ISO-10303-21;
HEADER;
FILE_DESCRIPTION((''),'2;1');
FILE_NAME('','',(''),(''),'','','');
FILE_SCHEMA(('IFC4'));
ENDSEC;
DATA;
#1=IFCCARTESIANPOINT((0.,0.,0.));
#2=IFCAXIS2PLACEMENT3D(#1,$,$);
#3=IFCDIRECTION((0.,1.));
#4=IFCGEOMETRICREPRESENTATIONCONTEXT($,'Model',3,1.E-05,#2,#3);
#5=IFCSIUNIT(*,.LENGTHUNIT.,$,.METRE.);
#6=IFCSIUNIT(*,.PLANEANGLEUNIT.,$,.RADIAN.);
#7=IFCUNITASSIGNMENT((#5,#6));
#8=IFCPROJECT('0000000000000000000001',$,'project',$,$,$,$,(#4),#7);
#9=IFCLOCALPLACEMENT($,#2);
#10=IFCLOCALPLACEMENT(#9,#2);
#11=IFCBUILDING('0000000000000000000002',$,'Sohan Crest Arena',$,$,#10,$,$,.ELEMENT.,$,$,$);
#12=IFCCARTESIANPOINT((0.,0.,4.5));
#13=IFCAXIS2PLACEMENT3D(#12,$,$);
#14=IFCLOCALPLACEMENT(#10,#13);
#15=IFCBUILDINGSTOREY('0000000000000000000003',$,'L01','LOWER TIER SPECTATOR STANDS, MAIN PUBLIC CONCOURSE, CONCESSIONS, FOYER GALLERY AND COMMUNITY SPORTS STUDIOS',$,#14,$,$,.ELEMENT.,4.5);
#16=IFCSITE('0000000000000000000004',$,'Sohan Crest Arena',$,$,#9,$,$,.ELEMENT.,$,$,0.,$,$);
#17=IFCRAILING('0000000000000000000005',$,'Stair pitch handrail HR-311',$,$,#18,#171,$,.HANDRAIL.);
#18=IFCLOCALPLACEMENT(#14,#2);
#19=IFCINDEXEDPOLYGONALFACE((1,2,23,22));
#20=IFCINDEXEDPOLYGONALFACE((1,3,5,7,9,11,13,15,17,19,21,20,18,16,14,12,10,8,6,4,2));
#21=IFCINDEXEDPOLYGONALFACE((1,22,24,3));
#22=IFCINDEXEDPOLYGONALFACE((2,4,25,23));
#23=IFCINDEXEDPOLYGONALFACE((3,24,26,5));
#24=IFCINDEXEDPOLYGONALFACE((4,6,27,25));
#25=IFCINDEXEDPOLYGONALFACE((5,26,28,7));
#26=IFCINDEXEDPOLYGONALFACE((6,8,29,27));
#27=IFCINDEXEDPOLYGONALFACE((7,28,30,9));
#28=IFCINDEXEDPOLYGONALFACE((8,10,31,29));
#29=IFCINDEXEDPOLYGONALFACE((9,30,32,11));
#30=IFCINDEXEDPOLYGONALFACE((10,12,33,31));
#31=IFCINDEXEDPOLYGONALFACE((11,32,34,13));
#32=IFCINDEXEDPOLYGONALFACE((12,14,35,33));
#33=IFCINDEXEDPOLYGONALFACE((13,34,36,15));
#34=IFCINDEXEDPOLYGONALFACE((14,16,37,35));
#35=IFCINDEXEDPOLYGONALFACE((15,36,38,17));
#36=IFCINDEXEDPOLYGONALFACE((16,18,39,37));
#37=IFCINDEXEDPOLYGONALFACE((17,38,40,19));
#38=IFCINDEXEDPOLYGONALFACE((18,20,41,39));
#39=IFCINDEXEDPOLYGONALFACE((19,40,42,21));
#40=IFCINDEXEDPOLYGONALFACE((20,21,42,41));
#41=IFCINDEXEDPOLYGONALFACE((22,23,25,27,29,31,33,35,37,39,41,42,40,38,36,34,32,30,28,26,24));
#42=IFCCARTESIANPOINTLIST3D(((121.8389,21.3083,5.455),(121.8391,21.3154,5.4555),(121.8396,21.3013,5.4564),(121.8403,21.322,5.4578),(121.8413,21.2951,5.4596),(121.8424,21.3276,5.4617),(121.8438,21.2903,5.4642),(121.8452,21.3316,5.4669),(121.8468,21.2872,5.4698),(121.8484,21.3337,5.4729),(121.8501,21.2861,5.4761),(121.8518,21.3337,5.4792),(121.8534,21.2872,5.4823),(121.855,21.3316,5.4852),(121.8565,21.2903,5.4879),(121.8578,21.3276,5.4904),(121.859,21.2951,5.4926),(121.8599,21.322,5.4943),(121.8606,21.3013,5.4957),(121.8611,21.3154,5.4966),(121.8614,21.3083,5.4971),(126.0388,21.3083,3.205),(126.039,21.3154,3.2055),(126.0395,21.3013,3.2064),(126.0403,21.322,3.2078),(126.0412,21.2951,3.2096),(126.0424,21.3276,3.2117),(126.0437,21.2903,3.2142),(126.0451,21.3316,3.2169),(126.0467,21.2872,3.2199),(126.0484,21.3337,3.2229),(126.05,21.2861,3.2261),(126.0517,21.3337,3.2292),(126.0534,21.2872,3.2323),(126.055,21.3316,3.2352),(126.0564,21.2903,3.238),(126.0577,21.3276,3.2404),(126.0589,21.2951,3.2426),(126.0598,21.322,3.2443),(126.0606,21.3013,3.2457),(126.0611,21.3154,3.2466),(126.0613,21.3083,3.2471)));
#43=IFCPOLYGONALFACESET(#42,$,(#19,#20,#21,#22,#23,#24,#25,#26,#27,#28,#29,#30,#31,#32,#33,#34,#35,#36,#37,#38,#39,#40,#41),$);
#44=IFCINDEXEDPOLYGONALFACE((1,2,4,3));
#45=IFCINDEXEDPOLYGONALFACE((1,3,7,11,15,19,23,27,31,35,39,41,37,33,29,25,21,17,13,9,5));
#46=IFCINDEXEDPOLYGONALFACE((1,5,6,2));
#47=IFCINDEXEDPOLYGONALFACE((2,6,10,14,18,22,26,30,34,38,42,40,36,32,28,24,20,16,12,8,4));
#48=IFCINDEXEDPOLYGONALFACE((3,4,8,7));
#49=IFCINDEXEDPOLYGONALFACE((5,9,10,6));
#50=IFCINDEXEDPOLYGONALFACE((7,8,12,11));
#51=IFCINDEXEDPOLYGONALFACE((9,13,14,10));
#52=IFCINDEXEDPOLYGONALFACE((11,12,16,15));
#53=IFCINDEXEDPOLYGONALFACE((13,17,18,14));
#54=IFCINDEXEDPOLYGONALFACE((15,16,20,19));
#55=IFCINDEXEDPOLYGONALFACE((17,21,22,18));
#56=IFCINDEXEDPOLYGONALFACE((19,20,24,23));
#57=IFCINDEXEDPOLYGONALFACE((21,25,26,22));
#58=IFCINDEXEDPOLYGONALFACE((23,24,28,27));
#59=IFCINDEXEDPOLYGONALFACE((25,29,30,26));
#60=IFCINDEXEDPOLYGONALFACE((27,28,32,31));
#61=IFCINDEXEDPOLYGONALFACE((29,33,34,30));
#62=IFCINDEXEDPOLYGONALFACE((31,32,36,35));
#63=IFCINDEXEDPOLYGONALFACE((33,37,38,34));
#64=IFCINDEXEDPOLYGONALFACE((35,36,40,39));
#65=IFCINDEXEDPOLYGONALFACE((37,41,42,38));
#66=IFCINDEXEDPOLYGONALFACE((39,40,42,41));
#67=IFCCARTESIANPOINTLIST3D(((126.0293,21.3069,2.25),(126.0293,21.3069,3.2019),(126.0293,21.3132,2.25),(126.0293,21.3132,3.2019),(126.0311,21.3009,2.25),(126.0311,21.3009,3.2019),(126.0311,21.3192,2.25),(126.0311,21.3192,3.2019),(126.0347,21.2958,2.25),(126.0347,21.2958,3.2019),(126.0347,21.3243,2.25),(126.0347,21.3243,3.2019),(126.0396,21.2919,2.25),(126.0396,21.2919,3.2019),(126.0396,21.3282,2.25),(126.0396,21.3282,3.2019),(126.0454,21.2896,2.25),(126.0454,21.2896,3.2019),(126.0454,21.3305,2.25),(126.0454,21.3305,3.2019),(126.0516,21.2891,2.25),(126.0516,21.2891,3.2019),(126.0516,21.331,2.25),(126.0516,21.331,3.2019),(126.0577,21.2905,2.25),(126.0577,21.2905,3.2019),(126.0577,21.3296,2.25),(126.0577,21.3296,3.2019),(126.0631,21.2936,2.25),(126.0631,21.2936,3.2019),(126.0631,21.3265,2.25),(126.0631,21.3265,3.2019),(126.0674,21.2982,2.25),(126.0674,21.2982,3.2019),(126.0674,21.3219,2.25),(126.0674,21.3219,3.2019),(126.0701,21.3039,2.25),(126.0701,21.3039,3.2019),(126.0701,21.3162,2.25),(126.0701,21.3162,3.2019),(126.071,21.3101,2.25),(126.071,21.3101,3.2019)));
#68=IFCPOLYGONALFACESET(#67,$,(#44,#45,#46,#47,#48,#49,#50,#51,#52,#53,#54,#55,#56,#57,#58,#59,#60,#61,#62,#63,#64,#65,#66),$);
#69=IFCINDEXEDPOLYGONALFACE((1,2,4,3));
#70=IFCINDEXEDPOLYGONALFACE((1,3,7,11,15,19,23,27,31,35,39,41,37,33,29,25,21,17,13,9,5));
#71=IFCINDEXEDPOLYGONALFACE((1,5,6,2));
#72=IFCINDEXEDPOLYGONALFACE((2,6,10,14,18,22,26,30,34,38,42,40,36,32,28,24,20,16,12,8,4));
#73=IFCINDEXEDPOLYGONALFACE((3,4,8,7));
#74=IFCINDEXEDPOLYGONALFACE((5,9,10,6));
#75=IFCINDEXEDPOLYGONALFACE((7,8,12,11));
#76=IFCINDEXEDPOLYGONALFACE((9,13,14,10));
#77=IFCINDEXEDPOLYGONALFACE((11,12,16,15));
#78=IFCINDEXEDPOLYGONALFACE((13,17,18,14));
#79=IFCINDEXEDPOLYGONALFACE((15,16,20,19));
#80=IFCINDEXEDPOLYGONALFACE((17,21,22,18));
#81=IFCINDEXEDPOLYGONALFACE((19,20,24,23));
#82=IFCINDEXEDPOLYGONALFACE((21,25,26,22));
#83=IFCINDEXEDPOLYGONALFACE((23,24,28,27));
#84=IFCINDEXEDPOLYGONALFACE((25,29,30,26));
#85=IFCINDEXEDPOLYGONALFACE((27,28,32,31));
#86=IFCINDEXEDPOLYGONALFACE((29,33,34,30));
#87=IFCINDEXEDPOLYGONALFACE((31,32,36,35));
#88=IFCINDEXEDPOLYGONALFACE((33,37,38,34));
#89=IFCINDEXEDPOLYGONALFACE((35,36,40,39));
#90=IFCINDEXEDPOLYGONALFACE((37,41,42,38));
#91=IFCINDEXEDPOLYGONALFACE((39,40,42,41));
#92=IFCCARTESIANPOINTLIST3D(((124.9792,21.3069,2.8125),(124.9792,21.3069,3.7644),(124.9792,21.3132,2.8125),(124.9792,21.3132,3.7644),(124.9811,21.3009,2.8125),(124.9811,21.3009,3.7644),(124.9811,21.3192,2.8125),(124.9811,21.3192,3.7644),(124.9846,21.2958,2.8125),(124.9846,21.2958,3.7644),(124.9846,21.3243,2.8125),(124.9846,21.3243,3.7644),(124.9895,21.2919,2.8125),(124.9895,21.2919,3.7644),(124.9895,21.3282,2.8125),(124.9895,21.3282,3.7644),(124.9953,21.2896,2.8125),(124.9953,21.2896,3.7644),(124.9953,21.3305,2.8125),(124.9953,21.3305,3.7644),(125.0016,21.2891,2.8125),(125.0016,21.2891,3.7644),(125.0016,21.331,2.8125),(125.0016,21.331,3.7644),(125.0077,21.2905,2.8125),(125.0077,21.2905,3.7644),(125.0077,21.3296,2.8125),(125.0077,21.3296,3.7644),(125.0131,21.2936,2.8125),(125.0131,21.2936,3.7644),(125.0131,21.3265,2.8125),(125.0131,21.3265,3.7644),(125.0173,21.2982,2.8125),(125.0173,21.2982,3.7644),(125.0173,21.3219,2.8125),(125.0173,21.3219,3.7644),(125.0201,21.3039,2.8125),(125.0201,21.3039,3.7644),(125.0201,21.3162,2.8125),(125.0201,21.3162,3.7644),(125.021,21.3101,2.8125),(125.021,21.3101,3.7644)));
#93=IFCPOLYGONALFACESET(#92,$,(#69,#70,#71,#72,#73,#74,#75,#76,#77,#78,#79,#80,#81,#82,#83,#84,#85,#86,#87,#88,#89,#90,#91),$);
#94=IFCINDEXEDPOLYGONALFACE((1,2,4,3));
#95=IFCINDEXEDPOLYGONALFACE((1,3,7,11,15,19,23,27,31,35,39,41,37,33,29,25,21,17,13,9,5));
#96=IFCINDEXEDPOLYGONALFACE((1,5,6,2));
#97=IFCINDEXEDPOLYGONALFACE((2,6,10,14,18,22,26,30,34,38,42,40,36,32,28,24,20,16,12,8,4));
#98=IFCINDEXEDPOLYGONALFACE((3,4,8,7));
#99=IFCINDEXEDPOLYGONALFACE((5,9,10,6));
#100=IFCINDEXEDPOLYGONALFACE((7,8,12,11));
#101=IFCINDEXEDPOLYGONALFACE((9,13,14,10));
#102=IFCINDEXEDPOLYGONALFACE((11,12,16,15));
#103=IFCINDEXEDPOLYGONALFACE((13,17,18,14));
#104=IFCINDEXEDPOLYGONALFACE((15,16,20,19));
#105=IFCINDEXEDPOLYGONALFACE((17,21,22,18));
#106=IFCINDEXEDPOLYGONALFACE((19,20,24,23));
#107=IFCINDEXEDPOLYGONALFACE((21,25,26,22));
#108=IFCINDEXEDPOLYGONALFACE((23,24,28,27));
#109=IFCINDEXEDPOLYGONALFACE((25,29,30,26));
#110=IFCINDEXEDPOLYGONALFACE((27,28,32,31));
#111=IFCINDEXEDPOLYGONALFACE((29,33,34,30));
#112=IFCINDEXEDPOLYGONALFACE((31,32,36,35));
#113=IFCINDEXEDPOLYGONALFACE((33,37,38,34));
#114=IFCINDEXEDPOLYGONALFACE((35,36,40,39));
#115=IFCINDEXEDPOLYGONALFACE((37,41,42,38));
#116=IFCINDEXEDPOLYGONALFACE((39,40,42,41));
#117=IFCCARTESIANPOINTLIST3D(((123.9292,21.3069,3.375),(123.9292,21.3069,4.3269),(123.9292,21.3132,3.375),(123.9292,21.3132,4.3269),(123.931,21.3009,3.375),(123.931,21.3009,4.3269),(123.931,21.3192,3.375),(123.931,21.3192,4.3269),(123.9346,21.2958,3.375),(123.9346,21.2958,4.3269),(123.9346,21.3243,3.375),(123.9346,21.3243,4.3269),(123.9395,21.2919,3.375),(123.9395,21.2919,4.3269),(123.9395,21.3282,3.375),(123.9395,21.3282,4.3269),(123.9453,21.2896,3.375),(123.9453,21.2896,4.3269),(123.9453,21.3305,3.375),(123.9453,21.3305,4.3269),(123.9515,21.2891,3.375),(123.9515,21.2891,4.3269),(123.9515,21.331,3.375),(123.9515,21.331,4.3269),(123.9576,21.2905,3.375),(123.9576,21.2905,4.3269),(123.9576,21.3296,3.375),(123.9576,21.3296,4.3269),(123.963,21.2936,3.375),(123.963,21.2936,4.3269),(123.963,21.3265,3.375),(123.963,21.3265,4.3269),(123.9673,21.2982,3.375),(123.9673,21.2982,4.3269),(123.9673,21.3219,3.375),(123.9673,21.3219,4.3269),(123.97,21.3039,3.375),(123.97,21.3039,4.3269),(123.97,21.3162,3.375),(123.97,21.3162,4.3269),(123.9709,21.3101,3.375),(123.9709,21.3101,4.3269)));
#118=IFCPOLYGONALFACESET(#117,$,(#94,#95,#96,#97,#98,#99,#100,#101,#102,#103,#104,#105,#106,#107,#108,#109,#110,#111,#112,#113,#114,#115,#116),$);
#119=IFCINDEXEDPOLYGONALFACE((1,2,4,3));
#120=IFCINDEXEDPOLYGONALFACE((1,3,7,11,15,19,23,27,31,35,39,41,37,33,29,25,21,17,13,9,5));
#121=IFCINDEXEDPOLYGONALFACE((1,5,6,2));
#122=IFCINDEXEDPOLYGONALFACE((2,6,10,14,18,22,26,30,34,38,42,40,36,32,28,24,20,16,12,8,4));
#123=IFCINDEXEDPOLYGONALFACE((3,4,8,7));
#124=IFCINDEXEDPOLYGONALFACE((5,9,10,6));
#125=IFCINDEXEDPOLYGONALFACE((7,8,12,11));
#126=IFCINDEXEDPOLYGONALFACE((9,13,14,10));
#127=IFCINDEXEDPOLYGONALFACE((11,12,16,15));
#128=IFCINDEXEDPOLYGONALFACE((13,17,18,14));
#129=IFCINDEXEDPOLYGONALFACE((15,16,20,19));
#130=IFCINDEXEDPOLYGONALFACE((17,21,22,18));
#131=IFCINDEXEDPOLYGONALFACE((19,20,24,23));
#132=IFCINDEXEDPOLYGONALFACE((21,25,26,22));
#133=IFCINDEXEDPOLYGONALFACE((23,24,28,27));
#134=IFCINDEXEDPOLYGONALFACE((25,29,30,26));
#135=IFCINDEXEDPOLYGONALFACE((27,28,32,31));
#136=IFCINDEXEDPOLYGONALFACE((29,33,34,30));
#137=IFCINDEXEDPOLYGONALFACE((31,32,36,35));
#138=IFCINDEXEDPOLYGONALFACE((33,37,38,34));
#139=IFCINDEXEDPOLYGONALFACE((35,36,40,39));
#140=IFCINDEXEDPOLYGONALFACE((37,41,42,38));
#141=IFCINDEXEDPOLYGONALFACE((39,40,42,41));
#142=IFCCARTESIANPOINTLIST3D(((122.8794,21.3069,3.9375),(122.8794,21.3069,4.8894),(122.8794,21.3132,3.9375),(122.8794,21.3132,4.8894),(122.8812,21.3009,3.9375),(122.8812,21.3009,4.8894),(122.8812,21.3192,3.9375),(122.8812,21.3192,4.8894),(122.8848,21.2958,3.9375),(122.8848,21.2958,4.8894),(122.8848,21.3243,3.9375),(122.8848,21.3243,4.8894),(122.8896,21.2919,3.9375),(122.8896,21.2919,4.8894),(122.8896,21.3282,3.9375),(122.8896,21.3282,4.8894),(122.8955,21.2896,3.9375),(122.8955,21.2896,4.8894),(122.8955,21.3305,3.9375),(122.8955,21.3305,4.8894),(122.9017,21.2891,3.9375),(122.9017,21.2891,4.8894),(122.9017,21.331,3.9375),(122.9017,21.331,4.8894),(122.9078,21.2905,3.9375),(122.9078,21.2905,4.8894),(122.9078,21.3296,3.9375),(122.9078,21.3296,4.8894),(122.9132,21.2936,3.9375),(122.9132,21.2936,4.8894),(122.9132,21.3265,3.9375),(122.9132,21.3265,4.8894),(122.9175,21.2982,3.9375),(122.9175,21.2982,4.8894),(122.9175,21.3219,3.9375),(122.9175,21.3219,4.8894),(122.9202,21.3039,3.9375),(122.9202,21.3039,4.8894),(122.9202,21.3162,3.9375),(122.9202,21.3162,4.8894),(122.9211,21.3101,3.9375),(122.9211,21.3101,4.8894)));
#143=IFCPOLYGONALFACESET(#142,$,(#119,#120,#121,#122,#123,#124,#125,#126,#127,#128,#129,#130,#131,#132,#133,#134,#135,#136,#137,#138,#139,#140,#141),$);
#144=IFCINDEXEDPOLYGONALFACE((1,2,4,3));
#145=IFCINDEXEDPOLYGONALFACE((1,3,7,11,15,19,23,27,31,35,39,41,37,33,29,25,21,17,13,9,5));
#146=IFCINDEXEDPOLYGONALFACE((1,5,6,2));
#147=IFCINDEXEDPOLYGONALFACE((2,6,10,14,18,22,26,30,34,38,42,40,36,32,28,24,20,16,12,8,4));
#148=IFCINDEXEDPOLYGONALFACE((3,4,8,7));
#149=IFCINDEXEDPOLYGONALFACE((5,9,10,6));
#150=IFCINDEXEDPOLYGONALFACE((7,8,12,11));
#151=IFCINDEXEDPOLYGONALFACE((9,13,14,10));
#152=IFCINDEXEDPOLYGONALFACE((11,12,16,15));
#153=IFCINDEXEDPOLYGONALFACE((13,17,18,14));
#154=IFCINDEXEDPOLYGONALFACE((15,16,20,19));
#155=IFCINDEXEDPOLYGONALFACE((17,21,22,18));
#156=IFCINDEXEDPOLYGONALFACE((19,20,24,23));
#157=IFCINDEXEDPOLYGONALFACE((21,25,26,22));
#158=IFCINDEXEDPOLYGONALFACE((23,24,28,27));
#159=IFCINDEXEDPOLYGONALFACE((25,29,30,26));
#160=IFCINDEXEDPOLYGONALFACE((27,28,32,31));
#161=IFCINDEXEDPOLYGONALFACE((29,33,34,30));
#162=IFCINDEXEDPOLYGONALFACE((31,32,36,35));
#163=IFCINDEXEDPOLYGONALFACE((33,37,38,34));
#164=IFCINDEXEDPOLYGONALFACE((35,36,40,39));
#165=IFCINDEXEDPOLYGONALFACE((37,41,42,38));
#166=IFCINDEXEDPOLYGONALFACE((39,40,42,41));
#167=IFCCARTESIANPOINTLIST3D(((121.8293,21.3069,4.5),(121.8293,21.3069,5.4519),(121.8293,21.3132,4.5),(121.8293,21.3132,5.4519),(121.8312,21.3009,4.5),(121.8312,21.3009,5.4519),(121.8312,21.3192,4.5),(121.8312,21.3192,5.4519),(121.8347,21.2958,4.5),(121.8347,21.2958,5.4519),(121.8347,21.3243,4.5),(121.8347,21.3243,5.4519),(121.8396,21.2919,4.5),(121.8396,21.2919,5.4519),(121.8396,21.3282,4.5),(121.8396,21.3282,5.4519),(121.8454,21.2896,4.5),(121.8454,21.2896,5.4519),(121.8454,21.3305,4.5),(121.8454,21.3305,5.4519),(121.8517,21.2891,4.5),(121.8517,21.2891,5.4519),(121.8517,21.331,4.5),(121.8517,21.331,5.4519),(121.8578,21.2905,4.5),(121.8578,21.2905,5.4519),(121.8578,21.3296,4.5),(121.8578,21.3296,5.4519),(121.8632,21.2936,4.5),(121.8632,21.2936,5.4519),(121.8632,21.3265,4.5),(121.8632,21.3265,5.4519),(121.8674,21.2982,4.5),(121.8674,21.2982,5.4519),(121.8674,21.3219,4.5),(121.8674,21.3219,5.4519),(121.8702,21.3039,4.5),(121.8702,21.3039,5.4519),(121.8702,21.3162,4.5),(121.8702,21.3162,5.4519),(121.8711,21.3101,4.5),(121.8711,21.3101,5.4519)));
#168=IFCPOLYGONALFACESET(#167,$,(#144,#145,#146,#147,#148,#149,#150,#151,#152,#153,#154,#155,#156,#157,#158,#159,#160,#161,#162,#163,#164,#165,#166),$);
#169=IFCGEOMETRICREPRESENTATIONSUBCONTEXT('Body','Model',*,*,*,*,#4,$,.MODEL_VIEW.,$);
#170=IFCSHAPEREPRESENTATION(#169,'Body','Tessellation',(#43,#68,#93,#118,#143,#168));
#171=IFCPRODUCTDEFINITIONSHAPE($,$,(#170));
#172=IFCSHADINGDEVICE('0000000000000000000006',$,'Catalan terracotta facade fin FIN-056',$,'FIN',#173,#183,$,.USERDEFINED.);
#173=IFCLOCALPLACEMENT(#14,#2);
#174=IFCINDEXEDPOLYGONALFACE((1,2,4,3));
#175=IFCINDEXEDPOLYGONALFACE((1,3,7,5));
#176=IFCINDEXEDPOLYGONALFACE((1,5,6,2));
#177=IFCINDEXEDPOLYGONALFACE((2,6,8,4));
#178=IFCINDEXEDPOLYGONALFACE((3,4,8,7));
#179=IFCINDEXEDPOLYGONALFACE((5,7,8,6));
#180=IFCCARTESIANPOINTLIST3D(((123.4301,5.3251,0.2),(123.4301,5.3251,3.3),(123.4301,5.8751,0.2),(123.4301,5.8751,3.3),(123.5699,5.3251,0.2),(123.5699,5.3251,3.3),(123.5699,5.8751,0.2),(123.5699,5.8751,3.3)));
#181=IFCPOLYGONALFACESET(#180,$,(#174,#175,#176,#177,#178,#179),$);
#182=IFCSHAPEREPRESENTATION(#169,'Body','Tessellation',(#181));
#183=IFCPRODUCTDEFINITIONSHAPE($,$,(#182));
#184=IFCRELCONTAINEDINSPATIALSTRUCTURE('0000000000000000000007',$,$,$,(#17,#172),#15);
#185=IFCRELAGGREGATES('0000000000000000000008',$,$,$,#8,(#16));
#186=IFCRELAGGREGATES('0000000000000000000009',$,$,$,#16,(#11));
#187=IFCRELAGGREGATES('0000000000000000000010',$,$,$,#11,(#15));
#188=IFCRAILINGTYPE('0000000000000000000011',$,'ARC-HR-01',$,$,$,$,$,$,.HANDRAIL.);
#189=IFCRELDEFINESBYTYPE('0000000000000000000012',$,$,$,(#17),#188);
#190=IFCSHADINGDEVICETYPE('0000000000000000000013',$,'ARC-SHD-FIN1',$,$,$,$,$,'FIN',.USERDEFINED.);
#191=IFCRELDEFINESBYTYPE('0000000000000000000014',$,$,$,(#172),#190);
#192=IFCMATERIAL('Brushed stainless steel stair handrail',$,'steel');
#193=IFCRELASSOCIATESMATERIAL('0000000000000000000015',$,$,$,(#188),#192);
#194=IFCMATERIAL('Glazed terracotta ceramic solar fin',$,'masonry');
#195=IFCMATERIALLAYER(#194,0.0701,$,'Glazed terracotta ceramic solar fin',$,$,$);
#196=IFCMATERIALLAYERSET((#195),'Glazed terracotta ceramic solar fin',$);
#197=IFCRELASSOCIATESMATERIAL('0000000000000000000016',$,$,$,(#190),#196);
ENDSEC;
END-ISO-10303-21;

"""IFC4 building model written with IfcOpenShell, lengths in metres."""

from ifc_helpers import new_model, si_unit, direction, frame, origin, origin_2d, place, context, subcontext, project, spatial, rectangle, circle, extrude, material, layer, layer_set, type_object, element, save


model = new_model("IFC4")

# Units and contexts
model_context = context("Model", 3, precision=1e-05, world=origin(), true_north=direction((0.0, 1.0)))
body_context = subcontext(model_context, "Body", "Model", "MODEL_VIEW")
ifc_project = project(units=[si_unit("LENGTHUNIT", "METRE"), si_unit("PLANEANGLEUNIT", "RADIAN")], contexts=[model_context])

# Site, building, storey
site_placement = place(None, origin())
site = spatial("IfcSite", under=ifc_project, at=site_placement, Name="Sohan Crest Arena", CompositionType="ELEMENT", RefElevation=0.0)
building_placement = place(site_placement, origin())
building = spatial("IfcBuilding", under=site, at=building_placement, Name="Sohan Crest Arena", CompositionType="ELEMENT")
storey_placement = place(building_placement, frame((0.0, 0.0, 4.5)))
storey = spatial("IfcBuildingStorey", under=building, at=storey_placement, Name="L01", Description="LOWER TIER SPECTATOR STANDS, MAIN PUBLIC CONCOURSE, CONCESSIONS, FOYER GALLERY AND COMMUNITY SPORTS STUDIOS", CompositionType="ELEMENT", Elevation=4.5)

# Railing
ifc_material_1 = material(Name="Brushed stainless steel stair handrail", Category="steel")
railing_type_1 = type_object("IfcRailingType", Name="ARC-HR-01", PredefinedType="HANDRAIL", material=ifc_material_1)
railing_1_placement = place(storey_placement, frame((126.05, 21.3101, 2.25)))
element("IfcRailing", 1, at=railing_1_placement, inside=storey, type_object=railing_type_1, Name="Stair pitch handrail HR-311", PredefinedType="HANDRAIL", context=body_context, shape_type="SweptSolid", body=[
    extrude(circle(Radius=0.0239, at=origin_2d()), frame((0.0, 0.0, 0.9761), z_axis=(-0.881478, 0.0, 0.472226), x_axis=(0.0, -1.0, 0.0)), (0.0, 0.0, 1.0), 4.7646),
    extrude(circle(Radius=0.021, at=origin_2d()), origin(), (0.0, 0.0, 1.0), 0.9519),
    extrude(circle(Radius=0.021, at=origin_2d()), frame((-1.05, 0.0, 0.5625)), (0.0, 0.0, 1.0), 0.9519),
    extrude(circle(Radius=0.021, at=origin_2d()), frame((-2.1001, 0.0, 1.125)), (0.0, 0.0, 1.0), 0.9519),
    extrude(circle(Radius=0.021, at=origin_2d()), frame((-3.1499, 0.0, 1.6875)), (0.0, 0.0, 1.0), 0.9519),
    extrude(circle(Radius=0.021, at=origin_2d()), frame((-4.2, 0.0, 2.25)), (0.0, 0.0, 1.0), 0.9519),
])

# Shading device
ifc_material_2 = material(Name="Glazed terracotta ceramic solar fin", Category="masonry")
ifc_layer_1 = layer(ifc_material_2, 0.0701, Name="Glazed terracotta ceramic solar fin")
ifc_layer_set_1 = layer_set([ifc_layer_1], Name="Glazed terracotta ceramic solar fin")
shading_device_type = type_object("IfcShadingDeviceType", Name="ARC-SHD-FIN1", ElementType="FIN", PredefinedType="USERDEFINED", material=ifc_layer_set_1)
shading_device_placement = place(storey_placement, frame((123.5, 5.6001, 0.2), z_axis=(0.0, 0.0, 1.0), x_axis=(1.0, 0.0, 0.0)))
element("IfcShadingDevice", 2, at=shading_device_placement, inside=storey, type_object=shading_device_type, Name="Catalan terracotta facade fin FIN-056", ObjectType="FIN", PredefinedType="USERDEFINED", context=body_context, shape_type="SweptSolid", body=[
    extrude(rectangle(XDim=0.1399, YDim=0.55, at=origin_2d()), origin(), (0.0, 0.0, 1.0), 3.1001),
])

save(model, "model.ifc")
